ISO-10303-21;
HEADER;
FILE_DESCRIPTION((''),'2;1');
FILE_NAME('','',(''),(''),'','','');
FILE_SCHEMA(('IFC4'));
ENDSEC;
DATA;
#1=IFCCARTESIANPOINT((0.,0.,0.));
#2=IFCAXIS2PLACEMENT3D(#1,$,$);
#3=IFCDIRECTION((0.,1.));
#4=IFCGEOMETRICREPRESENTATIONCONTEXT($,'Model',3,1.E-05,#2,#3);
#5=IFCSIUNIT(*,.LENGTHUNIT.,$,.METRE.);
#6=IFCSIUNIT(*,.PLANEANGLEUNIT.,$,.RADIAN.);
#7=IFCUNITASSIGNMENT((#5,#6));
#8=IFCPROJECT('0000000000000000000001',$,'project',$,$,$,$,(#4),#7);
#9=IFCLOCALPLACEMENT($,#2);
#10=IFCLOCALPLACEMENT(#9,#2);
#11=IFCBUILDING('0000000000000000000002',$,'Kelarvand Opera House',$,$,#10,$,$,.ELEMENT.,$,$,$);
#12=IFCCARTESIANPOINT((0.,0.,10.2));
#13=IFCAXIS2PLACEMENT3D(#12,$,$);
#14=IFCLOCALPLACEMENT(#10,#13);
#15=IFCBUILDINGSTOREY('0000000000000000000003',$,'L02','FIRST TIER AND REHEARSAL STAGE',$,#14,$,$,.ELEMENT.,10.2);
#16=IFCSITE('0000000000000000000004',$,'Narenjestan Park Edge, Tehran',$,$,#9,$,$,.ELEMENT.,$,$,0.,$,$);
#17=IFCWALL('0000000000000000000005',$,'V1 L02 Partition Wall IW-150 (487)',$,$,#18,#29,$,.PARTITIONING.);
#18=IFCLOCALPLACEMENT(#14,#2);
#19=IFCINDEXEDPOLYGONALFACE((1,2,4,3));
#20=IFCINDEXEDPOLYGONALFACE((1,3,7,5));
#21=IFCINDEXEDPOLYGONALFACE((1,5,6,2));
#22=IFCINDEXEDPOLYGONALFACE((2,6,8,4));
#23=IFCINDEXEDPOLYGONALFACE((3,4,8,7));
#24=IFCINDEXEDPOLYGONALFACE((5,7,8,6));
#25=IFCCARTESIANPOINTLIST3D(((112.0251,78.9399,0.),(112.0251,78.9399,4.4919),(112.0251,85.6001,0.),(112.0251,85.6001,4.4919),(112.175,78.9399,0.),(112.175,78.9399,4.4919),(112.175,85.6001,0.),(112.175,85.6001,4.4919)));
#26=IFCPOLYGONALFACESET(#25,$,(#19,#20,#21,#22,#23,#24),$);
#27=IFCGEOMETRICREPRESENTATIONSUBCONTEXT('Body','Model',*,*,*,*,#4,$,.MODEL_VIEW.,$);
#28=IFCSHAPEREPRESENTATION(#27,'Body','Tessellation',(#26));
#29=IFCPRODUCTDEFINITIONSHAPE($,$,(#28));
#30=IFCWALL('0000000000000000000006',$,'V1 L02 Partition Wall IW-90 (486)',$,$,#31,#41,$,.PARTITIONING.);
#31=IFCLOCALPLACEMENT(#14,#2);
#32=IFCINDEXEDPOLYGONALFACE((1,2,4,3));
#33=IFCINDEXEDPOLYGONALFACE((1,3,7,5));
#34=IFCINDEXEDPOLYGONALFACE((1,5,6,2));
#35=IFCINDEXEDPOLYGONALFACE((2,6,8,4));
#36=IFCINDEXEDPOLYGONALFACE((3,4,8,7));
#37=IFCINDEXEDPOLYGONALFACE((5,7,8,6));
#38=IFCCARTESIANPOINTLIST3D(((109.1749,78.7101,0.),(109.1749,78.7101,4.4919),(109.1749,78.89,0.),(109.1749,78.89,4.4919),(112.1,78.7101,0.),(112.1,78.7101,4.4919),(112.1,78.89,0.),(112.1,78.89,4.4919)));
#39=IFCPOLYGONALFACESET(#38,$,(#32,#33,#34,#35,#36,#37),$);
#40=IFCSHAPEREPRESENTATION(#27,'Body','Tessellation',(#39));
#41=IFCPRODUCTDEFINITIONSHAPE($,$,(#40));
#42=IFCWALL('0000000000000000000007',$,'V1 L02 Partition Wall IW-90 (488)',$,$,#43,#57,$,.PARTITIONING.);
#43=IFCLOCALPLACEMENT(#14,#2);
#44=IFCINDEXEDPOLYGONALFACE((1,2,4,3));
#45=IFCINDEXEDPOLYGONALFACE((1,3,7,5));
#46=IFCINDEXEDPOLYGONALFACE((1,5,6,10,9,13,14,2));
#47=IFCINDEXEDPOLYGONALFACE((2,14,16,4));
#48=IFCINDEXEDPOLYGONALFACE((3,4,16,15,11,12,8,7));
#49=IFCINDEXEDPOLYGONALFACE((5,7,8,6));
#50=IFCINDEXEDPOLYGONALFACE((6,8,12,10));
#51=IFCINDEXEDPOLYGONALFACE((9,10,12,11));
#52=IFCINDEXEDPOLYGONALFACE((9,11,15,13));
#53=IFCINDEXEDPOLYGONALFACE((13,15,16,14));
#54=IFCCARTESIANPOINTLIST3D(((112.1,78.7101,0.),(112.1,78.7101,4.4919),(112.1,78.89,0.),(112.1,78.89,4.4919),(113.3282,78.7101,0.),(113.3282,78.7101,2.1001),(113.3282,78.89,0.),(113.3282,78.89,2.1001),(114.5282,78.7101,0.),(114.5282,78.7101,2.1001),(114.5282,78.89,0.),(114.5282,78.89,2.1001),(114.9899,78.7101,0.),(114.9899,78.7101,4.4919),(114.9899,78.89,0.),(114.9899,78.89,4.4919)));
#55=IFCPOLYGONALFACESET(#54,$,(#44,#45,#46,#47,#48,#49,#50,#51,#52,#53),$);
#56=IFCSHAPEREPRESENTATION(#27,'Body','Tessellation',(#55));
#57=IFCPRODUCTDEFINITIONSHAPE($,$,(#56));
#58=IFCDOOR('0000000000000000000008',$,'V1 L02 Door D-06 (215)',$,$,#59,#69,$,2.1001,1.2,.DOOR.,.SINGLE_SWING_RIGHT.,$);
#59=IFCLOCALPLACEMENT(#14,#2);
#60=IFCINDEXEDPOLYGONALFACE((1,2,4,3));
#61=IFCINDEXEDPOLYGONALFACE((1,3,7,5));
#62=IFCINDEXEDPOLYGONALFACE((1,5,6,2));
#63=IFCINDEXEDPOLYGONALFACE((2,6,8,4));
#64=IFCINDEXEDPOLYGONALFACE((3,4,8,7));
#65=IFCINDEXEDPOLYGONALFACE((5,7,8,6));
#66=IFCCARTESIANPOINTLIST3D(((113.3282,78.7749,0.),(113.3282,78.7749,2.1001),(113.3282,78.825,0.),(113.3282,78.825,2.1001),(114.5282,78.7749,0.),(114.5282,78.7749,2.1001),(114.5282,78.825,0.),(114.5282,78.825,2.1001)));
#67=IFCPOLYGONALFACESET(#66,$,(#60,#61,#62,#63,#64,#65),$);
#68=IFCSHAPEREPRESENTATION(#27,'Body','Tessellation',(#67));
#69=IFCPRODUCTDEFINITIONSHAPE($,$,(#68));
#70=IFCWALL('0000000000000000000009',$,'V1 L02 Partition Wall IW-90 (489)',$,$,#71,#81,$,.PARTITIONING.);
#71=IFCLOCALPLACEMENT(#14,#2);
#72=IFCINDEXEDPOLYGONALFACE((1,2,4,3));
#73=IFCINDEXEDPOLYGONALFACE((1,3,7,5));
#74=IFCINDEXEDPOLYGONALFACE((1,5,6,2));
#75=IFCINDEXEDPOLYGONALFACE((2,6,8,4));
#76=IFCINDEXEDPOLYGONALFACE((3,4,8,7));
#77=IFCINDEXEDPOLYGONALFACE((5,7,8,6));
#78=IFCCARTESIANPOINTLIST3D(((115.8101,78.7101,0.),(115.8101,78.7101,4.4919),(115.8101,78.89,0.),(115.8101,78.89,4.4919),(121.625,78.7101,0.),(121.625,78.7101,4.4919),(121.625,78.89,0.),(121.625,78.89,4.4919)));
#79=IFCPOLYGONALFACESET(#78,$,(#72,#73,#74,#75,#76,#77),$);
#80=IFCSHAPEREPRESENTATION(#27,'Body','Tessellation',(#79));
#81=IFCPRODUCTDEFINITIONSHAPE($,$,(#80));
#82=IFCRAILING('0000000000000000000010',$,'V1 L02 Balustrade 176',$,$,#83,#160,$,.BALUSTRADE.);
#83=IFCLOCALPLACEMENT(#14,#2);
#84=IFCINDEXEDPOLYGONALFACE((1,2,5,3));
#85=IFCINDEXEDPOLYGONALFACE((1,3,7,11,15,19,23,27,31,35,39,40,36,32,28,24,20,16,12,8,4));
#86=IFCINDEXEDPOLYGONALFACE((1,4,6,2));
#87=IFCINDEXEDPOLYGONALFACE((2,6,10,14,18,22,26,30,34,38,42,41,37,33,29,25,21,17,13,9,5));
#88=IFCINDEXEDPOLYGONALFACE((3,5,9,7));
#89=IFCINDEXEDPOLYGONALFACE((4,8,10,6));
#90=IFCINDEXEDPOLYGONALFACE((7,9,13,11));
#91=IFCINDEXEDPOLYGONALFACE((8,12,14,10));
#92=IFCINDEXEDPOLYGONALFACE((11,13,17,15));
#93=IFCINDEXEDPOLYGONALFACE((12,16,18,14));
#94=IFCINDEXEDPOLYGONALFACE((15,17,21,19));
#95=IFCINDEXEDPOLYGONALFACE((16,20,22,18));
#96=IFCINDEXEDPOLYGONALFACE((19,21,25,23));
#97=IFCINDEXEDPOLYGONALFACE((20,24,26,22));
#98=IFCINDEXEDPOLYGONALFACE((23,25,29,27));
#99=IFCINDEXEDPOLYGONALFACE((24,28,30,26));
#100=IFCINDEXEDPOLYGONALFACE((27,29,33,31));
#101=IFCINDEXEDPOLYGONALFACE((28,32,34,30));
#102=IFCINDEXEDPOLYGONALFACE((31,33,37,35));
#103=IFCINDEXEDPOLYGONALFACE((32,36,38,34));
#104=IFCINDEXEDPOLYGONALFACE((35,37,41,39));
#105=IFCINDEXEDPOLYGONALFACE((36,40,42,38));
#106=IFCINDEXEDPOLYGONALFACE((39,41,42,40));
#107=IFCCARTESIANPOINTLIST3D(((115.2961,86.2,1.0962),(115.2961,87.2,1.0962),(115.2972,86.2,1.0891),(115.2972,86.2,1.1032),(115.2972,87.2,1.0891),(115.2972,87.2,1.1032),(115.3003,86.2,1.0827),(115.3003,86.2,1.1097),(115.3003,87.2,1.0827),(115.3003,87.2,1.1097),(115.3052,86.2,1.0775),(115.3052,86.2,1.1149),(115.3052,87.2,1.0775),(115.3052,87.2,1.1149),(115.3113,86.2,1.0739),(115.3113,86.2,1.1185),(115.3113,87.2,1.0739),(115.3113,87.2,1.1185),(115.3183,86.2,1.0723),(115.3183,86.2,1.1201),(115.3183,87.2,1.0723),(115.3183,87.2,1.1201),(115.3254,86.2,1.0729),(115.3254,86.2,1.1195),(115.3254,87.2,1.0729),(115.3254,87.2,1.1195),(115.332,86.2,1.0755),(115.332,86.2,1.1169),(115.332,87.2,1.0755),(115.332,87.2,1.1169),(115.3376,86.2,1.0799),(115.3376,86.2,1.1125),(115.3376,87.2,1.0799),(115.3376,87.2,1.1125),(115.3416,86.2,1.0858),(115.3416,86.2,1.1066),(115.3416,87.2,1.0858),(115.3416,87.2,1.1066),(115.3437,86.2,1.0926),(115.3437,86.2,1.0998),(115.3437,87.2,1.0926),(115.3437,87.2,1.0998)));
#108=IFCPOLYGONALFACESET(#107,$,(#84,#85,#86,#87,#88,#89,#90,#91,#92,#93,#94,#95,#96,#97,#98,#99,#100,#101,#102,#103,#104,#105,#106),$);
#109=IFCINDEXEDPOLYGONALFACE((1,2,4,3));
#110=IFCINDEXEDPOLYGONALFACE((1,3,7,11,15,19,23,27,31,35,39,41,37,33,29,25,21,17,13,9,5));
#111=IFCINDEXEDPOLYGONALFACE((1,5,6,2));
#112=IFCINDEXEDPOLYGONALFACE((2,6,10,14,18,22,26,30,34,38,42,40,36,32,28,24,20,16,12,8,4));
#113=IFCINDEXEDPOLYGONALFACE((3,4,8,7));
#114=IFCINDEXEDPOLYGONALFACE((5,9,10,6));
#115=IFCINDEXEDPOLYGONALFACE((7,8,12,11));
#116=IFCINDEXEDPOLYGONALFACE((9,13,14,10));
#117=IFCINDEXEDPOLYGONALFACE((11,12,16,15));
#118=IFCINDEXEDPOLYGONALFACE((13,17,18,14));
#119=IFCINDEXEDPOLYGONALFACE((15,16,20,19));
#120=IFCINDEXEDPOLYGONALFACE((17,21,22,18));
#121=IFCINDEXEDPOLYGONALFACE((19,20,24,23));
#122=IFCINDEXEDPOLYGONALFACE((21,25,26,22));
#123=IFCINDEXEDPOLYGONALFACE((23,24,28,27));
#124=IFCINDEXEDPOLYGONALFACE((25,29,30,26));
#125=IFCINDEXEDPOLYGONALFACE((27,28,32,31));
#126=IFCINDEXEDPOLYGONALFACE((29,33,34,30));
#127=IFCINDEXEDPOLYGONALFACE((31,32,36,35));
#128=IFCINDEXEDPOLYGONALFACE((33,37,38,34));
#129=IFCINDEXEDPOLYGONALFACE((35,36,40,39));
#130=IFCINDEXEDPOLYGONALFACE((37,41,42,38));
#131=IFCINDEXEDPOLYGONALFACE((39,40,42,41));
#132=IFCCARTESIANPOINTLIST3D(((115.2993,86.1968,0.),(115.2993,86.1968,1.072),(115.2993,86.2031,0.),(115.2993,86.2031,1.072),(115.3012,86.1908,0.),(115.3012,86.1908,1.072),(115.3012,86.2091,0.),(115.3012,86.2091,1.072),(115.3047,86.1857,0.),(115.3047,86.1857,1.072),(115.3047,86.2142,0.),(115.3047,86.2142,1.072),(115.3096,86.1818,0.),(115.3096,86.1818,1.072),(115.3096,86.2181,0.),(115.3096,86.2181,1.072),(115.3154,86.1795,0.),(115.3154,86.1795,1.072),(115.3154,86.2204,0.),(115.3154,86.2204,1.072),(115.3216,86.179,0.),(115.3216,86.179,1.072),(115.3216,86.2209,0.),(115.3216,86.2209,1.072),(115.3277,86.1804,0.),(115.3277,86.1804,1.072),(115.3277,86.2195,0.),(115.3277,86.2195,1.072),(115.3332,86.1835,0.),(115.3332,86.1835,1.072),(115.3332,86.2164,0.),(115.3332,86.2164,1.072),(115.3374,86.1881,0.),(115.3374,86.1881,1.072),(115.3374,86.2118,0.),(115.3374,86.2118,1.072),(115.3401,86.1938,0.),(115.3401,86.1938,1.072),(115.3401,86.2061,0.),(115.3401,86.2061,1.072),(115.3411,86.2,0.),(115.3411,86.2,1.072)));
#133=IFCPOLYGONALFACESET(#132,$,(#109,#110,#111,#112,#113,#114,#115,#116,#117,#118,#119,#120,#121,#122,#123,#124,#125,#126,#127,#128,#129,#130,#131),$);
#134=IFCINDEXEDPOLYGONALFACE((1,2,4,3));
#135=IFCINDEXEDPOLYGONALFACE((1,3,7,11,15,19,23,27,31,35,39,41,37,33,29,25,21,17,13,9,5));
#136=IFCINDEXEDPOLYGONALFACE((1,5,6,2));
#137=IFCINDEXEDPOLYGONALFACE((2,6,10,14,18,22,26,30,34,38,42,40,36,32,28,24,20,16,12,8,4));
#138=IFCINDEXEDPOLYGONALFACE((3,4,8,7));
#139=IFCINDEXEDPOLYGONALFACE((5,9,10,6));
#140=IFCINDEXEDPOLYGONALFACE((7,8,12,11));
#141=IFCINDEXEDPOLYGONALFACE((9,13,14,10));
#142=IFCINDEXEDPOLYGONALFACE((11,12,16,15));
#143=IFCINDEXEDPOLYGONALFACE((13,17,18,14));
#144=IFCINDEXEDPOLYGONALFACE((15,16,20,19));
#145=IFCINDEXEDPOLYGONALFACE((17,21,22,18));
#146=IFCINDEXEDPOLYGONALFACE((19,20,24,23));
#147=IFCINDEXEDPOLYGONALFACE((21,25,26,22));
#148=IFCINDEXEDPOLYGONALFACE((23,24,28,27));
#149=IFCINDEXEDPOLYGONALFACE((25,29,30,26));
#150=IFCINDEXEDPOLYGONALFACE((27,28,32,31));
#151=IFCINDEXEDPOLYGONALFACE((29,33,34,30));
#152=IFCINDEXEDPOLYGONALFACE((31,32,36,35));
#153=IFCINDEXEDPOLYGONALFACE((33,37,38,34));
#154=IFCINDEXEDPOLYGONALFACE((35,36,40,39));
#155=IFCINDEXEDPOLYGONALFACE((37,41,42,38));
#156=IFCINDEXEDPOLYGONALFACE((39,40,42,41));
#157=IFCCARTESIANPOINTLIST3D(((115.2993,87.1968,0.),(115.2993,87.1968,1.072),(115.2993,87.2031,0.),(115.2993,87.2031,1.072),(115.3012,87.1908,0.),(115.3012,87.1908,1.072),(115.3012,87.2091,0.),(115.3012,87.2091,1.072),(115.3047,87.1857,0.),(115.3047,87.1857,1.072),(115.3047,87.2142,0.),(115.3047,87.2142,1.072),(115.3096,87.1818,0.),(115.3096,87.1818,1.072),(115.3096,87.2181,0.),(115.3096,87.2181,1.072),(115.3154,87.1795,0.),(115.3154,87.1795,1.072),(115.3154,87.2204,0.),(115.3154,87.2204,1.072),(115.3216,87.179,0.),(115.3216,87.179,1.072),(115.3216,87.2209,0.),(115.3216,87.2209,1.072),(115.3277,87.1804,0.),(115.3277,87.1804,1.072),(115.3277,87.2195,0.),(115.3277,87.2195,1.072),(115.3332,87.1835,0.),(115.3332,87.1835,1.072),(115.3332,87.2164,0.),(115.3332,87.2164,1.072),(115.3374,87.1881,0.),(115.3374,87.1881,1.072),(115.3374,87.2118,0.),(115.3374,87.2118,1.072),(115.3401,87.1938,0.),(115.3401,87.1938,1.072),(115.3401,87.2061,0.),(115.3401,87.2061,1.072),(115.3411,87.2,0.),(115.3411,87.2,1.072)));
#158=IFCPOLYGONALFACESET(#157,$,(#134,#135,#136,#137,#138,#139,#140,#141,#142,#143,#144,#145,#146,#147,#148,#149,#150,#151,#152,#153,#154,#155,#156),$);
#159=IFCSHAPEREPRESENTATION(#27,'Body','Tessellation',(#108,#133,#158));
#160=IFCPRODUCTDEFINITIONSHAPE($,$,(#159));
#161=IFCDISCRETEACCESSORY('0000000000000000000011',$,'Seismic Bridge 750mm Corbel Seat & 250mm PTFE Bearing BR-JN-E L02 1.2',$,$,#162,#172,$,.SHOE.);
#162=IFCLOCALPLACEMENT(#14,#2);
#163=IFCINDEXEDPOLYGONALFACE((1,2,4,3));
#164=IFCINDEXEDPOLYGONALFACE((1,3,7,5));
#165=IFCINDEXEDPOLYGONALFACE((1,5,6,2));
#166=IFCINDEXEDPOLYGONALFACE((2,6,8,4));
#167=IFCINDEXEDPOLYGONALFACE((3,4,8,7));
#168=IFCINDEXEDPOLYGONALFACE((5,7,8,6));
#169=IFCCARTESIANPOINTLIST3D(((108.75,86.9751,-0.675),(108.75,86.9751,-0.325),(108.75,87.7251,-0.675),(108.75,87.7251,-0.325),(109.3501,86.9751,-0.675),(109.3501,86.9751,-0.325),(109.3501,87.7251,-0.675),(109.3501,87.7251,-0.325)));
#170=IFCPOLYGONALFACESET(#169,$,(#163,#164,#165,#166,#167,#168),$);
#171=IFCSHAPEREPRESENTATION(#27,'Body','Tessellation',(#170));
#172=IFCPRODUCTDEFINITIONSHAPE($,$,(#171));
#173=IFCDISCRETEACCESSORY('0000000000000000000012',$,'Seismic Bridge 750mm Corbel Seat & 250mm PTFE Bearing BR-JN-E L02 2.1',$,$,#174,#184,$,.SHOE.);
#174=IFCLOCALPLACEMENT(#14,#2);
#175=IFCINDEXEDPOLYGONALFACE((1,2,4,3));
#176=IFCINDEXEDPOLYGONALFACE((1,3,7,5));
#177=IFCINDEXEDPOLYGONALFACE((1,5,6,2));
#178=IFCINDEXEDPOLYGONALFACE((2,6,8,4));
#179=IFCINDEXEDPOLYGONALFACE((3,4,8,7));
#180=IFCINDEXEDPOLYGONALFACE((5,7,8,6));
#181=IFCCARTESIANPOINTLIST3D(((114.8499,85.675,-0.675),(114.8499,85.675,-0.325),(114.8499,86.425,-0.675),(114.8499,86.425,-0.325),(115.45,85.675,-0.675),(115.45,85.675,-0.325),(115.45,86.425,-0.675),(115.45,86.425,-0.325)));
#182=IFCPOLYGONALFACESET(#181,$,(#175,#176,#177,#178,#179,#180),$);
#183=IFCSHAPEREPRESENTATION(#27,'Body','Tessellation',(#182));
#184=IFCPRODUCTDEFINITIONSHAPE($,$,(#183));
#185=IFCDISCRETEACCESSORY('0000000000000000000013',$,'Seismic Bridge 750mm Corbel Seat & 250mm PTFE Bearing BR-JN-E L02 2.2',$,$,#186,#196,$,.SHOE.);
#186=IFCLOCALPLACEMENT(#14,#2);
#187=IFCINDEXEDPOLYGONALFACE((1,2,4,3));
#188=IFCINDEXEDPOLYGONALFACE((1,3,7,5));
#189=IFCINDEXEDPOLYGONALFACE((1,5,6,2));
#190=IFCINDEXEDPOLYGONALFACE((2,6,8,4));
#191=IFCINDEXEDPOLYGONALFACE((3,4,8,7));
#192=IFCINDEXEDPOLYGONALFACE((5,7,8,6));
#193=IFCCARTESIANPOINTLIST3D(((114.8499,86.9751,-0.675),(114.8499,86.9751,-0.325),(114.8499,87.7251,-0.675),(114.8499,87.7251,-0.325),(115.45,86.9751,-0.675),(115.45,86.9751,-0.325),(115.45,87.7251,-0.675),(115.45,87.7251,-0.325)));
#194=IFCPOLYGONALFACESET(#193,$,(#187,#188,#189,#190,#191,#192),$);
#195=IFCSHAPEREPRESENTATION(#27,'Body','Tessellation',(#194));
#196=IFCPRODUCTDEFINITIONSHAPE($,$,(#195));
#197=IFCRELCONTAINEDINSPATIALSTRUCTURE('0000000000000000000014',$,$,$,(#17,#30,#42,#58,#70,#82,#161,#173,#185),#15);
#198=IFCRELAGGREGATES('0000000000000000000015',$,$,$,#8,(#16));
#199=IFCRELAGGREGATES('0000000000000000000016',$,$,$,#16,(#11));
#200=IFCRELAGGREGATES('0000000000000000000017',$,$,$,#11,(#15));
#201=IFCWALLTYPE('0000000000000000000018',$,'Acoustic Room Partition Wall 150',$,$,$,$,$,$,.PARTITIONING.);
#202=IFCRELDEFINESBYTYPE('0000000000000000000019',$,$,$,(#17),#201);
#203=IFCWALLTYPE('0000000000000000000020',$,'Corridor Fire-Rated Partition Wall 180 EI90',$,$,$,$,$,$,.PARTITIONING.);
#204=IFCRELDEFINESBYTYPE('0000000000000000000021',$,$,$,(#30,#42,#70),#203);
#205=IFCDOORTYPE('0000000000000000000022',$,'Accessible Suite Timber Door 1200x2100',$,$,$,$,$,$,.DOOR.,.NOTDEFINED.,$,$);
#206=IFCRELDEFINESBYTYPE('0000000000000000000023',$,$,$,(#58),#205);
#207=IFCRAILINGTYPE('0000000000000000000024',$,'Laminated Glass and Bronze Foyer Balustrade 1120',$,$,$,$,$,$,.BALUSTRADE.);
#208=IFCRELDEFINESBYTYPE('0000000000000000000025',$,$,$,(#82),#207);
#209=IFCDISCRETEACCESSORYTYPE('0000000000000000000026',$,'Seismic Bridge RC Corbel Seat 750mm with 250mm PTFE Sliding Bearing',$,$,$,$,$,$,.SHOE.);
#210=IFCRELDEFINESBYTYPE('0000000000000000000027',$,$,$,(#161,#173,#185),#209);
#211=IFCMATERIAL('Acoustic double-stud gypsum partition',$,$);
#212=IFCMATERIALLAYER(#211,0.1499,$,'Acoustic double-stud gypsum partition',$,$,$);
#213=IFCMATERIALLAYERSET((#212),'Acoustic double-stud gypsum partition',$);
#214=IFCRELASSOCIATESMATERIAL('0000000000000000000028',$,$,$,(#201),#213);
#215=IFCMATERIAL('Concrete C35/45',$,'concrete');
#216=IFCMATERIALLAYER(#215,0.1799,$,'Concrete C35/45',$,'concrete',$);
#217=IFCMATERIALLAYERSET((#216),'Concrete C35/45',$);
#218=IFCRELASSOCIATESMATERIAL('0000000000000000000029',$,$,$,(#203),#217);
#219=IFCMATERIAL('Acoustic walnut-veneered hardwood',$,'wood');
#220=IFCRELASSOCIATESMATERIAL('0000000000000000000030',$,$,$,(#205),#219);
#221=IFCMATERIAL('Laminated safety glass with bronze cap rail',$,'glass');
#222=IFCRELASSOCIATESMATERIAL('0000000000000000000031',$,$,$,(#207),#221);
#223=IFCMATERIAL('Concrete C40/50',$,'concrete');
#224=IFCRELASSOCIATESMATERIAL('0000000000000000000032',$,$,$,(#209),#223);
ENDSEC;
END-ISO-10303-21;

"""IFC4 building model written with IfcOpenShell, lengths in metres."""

from ifc_helpers import new_model, si_unit, direction, frame, frame_2d, origin, origin_2d, place, context, subcontext, project, spatial, rectangle, circle, extrude, material, layer, layer_set, type_object, element, fill, save


model = new_model("IFC4")

# Units and contexts
model_context = context("Model", 3, precision=1e-05, world=origin(), true_north=direction((0.0, 1.0)))
body_context = subcontext(model_context, "Body", "Model", "MODEL_VIEW")
ifc_project = project(units=[si_unit("LENGTHUNIT", "METRE"), si_unit("PLANEANGLEUNIT", "RADIAN")], contexts=[model_context])

# Site, building, storey
site_placement = place(None, origin())
site = spatial("IfcSite", under=ifc_project, at=site_placement, Name="Narenjestan Park Edge, Tehran", CompositionType="ELEMENT", RefElevation=0.0)
building_placement = place(site_placement, origin())
building = spatial("IfcBuilding", under=site, at=building_placement, Name="Kelarvand Opera House", CompositionType="ELEMENT")
storey_placement = place(building_placement, frame((0.0, 0.0, 10.2)))
storey = spatial("IfcBuildingStorey", under=building, at=storey_placement, Name="L02", Description="FIRST TIER AND REHEARSAL STAGE", CompositionType="ELEMENT", Elevation=10.2)

# Shared definitions
ifc_material_1 = material(Name="Concrete C40/50", Category="concrete")

# Walls
ifc_material_2 = material(Name="Concrete C35/45", Category="concrete")
ifc_material_3 = material(Name="Acoustic double-stud gypsum partition")
ifc_layer_1 = layer(ifc_material_3, 0.1499, Name="Acoustic double-stud gypsum partition")
ifc_layer_set_1 = layer_set([ifc_layer_1], Name="Acoustic double-stud gypsum partition")
wall_type_1 = type_object("IfcWallType", Name="Acoustic Room Partition Wall 150", PredefinedType="PARTITIONING", material=ifc_layer_set_1)
wall_1_placement = place(storey_placement, frame((112.1001, 78.9399, 0.0), z_axis=(0.0, 0.0, 1.0), x_axis=(0.0, 1.0, 0.0)))
element("IfcWall", 1, at=wall_1_placement, inside=storey, type_object=wall_type_1, Name="V1 L02 Partition Wall IW-150 (487)", PredefinedType="PARTITIONING", context=body_context, shape_type="SweptSolid", body=[
    extrude(rectangle(XDim=6.6602, YDim=0.1499, at=frame_2d((3.3301, 0.0))), origin(), (0.0, 0.0, 1.0), 4.4919),
])
ifc_layer_2 = layer(ifc_material_2, 0.1799, Name="Concrete C35/45", Category="concrete")
ifc_layer_set_2 = layer_set([ifc_layer_2], Name="Concrete C35/45")
wall_type_2 = type_object("IfcWallType", Name="Corridor Fire-Rated Partition Wall 180 EI90", PredefinedType="PARTITIONING", material=ifc_layer_set_2)
wall_2_placement = place(storey_placement, frame((109.175, 78.8, 0.0), z_axis=(0.0, 0.0, 1.0), x_axis=(1.0, 0.0, 0.0)))
element("IfcWall", 2, at=wall_2_placement, inside=storey, type_object=wall_type_2, Name="V1 L02 Partition Wall IW-90 (486)", PredefinedType="PARTITIONING", context=body_context, shape_type="SweptSolid", body=[
    extrude(rectangle(XDim=2.925, YDim=0.1799, at=frame_2d((1.4624, 0.0))), origin(), (0.0, 0.0, 1.0), 4.4919),
])

# Wall, opening, door
wall_3_placement = place(storey_placement, frame((112.1001, 78.8, 0.0), z_axis=(0.0, 0.0, 1.0), x_axis=(1.0, 0.0, 0.0)))
wall_3 = element("IfcWall", 3, at=wall_3_placement, inside=storey, type_object=wall_type_2, Name="V1 L02 Partition Wall IW-90 (488)", PredefinedType="PARTITIONING", context=body_context, shape_type="SweptSolid", body=[
    extrude(rectangle(XDim=2.8899, YDim=0.1799, at=frame_2d((1.4448, 0.0))), origin(), (0.0, 0.0, 1.0), 4.4919),
])
opening_placement = place(wall_3_placement, frame((1.228, 0.0, 0.0)))
opening = element("IfcOpeningElement", 4, at=opening_placement, cuts=wall_3, PredefinedType="OPENING", context=body_context, shape_type="SweptSolid", body=[
    extrude(rectangle(XDim=1.2, YDim=2.1001, at=frame_2d((0.6001, 1.05))), frame((0.0, 0.1001, 0.0), z_axis=(0.0, -1.0, 0.0), x_axis=(1.0, 0.0, 0.0)), (0.0, 0.0, 1.0), 0.2),
])
ifc_material_4 = material(Name="Acoustic walnut-veneered hardwood", Category="wood")
door_type = type_object("IfcDoorType", Name="Accessible Suite Timber Door 1200x2100", OperationType="NOTDEFINED", PredefinedType="DOOR", material=ifc_material_4)
door_placement = place(opening_placement, origin())
door = element("IfcDoor", 5, at=door_placement, inside=storey, type_object=door_type, Name="V1 L02 Door D-06 (215)", OperationType="SINGLE_SWING_RIGHT", OverallHeight=2.1001, OverallWidth=1.2, PredefinedType="DOOR", context=body_context, shape_type="SweptSolid", body=[
    extrude(rectangle(XDim=1.2, YDim=2.1001, at=frame_2d((0.6001, 1.05))), frame((0.0, 0.0249, 0.0), z_axis=(0.0, -1.0, 0.0), x_axis=(1.0, 0.0, 0.0)), (0.0, 0.0, 1.0), 0.05),
])
fill(opening, door)

# Wall
wall_4_placement = place(storey_placement, frame((115.8101, 78.8, 0.0), z_axis=(0.0, 0.0, 1.0), x_axis=(1.0, 0.0, 0.0)))
element("IfcWall", 6, at=wall_4_placement, inside=storey, type_object=wall_type_2, Name="V1 L02 Partition Wall IW-90 (489)", PredefinedType="PARTITIONING", context=body_context, shape_type="SweptSolid", body=[
    extrude(rectangle(XDim=5.8149, YDim=0.1799, at=frame_2d((2.9075, 0.0))), origin(), (0.0, 0.0, 1.0), 4.4919),
])

# Railing
ifc_material_5 = material(Name="Laminated safety glass with bronze cap rail", Category="glass")
railing_type = type_object("IfcRailingType", Name="Laminated Glass and Bronze Foyer Balustrade 1120", PredefinedType="BALUSTRADE", material=ifc_material_5)
railing_placement = place(storey_placement, frame((115.3201, 86.2, 0.0)))
element("IfcRailing", 7, at=railing_placement, inside=storey, type_object=railing_type, Name="V1 L02 Balustrade 176", PredefinedType="BALUSTRADE", context=body_context, shape_type="SweptSolid", body=[
    extrude(circle(Radius=0.0239, at=origin_2d()), frame((0.0, 0.0, 1.0962), z_axis=(0.0, 1.0, 0.0), x_axis=(-1.0, 0.0, 0.0)), (0.0, 0.0, 1.0), 1.0),
    extrude(circle(Radius=0.021, at=origin_2d()), origin(), (0.0, 0.0, 1.0), 1.072),
    extrude(circle(Radius=0.021, at=origin_2d()), frame((0.0, 1.0, 0.0)), (0.0, 0.0, 1.0), 1.072),
])

# Discrete accessories
discrete_accessory_type_1 = type_object("IfcDiscreteAccessoryType", Name="Seismic Bridge RC Corbel Seat 750mm with 250mm PTFE Sliding Bearing", PredefinedType="SHOE", material=ifc_material_1)
for number, where, z_axis, x_axis, name in (
    (8, (109.05, 87.3501, -0.675), (0.0, 0.0, 1.0), (0.0, 1.0, 0.0), "Seismic Bridge 750mm Corbel Seat & 250mm PTFE Bearing BR-JN-E L02 1.2"),
    (9, (115.1499, 86.05, -0.675), (0.0, 0.0, 1.0), (0.0, 1.0, 0.0), "Seismic Bridge 750mm Corbel Seat & 250mm PTFE Bearing BR-JN-E L02 2.1"),
    (10, (115.1499, 87.3501, -0.675), (0.0, 0.0, 1.0), (0.0, 1.0, 0.0), "Seismic Bridge 750mm Corbel Seat & 250mm PTFE Bearing BR-JN-E L02 2.2"),
):
    element("IfcDiscreteAccessory", number, at=place(storey_placement, frame(where, z_axis=z_axis, x_axis=x_axis)), inside=storey, type_object=discrete_accessory_type_1, Name=name, PredefinedType="SHOE", context=body_context, shape_type="SweptSolid", body=[
        extrude(rectangle(XDim=0.75, YDim=0.6001, at=origin_2d()), origin(), (0.0, 0.0, 1.0), 0.3501),
    ])

save(model, "model.ifc")
